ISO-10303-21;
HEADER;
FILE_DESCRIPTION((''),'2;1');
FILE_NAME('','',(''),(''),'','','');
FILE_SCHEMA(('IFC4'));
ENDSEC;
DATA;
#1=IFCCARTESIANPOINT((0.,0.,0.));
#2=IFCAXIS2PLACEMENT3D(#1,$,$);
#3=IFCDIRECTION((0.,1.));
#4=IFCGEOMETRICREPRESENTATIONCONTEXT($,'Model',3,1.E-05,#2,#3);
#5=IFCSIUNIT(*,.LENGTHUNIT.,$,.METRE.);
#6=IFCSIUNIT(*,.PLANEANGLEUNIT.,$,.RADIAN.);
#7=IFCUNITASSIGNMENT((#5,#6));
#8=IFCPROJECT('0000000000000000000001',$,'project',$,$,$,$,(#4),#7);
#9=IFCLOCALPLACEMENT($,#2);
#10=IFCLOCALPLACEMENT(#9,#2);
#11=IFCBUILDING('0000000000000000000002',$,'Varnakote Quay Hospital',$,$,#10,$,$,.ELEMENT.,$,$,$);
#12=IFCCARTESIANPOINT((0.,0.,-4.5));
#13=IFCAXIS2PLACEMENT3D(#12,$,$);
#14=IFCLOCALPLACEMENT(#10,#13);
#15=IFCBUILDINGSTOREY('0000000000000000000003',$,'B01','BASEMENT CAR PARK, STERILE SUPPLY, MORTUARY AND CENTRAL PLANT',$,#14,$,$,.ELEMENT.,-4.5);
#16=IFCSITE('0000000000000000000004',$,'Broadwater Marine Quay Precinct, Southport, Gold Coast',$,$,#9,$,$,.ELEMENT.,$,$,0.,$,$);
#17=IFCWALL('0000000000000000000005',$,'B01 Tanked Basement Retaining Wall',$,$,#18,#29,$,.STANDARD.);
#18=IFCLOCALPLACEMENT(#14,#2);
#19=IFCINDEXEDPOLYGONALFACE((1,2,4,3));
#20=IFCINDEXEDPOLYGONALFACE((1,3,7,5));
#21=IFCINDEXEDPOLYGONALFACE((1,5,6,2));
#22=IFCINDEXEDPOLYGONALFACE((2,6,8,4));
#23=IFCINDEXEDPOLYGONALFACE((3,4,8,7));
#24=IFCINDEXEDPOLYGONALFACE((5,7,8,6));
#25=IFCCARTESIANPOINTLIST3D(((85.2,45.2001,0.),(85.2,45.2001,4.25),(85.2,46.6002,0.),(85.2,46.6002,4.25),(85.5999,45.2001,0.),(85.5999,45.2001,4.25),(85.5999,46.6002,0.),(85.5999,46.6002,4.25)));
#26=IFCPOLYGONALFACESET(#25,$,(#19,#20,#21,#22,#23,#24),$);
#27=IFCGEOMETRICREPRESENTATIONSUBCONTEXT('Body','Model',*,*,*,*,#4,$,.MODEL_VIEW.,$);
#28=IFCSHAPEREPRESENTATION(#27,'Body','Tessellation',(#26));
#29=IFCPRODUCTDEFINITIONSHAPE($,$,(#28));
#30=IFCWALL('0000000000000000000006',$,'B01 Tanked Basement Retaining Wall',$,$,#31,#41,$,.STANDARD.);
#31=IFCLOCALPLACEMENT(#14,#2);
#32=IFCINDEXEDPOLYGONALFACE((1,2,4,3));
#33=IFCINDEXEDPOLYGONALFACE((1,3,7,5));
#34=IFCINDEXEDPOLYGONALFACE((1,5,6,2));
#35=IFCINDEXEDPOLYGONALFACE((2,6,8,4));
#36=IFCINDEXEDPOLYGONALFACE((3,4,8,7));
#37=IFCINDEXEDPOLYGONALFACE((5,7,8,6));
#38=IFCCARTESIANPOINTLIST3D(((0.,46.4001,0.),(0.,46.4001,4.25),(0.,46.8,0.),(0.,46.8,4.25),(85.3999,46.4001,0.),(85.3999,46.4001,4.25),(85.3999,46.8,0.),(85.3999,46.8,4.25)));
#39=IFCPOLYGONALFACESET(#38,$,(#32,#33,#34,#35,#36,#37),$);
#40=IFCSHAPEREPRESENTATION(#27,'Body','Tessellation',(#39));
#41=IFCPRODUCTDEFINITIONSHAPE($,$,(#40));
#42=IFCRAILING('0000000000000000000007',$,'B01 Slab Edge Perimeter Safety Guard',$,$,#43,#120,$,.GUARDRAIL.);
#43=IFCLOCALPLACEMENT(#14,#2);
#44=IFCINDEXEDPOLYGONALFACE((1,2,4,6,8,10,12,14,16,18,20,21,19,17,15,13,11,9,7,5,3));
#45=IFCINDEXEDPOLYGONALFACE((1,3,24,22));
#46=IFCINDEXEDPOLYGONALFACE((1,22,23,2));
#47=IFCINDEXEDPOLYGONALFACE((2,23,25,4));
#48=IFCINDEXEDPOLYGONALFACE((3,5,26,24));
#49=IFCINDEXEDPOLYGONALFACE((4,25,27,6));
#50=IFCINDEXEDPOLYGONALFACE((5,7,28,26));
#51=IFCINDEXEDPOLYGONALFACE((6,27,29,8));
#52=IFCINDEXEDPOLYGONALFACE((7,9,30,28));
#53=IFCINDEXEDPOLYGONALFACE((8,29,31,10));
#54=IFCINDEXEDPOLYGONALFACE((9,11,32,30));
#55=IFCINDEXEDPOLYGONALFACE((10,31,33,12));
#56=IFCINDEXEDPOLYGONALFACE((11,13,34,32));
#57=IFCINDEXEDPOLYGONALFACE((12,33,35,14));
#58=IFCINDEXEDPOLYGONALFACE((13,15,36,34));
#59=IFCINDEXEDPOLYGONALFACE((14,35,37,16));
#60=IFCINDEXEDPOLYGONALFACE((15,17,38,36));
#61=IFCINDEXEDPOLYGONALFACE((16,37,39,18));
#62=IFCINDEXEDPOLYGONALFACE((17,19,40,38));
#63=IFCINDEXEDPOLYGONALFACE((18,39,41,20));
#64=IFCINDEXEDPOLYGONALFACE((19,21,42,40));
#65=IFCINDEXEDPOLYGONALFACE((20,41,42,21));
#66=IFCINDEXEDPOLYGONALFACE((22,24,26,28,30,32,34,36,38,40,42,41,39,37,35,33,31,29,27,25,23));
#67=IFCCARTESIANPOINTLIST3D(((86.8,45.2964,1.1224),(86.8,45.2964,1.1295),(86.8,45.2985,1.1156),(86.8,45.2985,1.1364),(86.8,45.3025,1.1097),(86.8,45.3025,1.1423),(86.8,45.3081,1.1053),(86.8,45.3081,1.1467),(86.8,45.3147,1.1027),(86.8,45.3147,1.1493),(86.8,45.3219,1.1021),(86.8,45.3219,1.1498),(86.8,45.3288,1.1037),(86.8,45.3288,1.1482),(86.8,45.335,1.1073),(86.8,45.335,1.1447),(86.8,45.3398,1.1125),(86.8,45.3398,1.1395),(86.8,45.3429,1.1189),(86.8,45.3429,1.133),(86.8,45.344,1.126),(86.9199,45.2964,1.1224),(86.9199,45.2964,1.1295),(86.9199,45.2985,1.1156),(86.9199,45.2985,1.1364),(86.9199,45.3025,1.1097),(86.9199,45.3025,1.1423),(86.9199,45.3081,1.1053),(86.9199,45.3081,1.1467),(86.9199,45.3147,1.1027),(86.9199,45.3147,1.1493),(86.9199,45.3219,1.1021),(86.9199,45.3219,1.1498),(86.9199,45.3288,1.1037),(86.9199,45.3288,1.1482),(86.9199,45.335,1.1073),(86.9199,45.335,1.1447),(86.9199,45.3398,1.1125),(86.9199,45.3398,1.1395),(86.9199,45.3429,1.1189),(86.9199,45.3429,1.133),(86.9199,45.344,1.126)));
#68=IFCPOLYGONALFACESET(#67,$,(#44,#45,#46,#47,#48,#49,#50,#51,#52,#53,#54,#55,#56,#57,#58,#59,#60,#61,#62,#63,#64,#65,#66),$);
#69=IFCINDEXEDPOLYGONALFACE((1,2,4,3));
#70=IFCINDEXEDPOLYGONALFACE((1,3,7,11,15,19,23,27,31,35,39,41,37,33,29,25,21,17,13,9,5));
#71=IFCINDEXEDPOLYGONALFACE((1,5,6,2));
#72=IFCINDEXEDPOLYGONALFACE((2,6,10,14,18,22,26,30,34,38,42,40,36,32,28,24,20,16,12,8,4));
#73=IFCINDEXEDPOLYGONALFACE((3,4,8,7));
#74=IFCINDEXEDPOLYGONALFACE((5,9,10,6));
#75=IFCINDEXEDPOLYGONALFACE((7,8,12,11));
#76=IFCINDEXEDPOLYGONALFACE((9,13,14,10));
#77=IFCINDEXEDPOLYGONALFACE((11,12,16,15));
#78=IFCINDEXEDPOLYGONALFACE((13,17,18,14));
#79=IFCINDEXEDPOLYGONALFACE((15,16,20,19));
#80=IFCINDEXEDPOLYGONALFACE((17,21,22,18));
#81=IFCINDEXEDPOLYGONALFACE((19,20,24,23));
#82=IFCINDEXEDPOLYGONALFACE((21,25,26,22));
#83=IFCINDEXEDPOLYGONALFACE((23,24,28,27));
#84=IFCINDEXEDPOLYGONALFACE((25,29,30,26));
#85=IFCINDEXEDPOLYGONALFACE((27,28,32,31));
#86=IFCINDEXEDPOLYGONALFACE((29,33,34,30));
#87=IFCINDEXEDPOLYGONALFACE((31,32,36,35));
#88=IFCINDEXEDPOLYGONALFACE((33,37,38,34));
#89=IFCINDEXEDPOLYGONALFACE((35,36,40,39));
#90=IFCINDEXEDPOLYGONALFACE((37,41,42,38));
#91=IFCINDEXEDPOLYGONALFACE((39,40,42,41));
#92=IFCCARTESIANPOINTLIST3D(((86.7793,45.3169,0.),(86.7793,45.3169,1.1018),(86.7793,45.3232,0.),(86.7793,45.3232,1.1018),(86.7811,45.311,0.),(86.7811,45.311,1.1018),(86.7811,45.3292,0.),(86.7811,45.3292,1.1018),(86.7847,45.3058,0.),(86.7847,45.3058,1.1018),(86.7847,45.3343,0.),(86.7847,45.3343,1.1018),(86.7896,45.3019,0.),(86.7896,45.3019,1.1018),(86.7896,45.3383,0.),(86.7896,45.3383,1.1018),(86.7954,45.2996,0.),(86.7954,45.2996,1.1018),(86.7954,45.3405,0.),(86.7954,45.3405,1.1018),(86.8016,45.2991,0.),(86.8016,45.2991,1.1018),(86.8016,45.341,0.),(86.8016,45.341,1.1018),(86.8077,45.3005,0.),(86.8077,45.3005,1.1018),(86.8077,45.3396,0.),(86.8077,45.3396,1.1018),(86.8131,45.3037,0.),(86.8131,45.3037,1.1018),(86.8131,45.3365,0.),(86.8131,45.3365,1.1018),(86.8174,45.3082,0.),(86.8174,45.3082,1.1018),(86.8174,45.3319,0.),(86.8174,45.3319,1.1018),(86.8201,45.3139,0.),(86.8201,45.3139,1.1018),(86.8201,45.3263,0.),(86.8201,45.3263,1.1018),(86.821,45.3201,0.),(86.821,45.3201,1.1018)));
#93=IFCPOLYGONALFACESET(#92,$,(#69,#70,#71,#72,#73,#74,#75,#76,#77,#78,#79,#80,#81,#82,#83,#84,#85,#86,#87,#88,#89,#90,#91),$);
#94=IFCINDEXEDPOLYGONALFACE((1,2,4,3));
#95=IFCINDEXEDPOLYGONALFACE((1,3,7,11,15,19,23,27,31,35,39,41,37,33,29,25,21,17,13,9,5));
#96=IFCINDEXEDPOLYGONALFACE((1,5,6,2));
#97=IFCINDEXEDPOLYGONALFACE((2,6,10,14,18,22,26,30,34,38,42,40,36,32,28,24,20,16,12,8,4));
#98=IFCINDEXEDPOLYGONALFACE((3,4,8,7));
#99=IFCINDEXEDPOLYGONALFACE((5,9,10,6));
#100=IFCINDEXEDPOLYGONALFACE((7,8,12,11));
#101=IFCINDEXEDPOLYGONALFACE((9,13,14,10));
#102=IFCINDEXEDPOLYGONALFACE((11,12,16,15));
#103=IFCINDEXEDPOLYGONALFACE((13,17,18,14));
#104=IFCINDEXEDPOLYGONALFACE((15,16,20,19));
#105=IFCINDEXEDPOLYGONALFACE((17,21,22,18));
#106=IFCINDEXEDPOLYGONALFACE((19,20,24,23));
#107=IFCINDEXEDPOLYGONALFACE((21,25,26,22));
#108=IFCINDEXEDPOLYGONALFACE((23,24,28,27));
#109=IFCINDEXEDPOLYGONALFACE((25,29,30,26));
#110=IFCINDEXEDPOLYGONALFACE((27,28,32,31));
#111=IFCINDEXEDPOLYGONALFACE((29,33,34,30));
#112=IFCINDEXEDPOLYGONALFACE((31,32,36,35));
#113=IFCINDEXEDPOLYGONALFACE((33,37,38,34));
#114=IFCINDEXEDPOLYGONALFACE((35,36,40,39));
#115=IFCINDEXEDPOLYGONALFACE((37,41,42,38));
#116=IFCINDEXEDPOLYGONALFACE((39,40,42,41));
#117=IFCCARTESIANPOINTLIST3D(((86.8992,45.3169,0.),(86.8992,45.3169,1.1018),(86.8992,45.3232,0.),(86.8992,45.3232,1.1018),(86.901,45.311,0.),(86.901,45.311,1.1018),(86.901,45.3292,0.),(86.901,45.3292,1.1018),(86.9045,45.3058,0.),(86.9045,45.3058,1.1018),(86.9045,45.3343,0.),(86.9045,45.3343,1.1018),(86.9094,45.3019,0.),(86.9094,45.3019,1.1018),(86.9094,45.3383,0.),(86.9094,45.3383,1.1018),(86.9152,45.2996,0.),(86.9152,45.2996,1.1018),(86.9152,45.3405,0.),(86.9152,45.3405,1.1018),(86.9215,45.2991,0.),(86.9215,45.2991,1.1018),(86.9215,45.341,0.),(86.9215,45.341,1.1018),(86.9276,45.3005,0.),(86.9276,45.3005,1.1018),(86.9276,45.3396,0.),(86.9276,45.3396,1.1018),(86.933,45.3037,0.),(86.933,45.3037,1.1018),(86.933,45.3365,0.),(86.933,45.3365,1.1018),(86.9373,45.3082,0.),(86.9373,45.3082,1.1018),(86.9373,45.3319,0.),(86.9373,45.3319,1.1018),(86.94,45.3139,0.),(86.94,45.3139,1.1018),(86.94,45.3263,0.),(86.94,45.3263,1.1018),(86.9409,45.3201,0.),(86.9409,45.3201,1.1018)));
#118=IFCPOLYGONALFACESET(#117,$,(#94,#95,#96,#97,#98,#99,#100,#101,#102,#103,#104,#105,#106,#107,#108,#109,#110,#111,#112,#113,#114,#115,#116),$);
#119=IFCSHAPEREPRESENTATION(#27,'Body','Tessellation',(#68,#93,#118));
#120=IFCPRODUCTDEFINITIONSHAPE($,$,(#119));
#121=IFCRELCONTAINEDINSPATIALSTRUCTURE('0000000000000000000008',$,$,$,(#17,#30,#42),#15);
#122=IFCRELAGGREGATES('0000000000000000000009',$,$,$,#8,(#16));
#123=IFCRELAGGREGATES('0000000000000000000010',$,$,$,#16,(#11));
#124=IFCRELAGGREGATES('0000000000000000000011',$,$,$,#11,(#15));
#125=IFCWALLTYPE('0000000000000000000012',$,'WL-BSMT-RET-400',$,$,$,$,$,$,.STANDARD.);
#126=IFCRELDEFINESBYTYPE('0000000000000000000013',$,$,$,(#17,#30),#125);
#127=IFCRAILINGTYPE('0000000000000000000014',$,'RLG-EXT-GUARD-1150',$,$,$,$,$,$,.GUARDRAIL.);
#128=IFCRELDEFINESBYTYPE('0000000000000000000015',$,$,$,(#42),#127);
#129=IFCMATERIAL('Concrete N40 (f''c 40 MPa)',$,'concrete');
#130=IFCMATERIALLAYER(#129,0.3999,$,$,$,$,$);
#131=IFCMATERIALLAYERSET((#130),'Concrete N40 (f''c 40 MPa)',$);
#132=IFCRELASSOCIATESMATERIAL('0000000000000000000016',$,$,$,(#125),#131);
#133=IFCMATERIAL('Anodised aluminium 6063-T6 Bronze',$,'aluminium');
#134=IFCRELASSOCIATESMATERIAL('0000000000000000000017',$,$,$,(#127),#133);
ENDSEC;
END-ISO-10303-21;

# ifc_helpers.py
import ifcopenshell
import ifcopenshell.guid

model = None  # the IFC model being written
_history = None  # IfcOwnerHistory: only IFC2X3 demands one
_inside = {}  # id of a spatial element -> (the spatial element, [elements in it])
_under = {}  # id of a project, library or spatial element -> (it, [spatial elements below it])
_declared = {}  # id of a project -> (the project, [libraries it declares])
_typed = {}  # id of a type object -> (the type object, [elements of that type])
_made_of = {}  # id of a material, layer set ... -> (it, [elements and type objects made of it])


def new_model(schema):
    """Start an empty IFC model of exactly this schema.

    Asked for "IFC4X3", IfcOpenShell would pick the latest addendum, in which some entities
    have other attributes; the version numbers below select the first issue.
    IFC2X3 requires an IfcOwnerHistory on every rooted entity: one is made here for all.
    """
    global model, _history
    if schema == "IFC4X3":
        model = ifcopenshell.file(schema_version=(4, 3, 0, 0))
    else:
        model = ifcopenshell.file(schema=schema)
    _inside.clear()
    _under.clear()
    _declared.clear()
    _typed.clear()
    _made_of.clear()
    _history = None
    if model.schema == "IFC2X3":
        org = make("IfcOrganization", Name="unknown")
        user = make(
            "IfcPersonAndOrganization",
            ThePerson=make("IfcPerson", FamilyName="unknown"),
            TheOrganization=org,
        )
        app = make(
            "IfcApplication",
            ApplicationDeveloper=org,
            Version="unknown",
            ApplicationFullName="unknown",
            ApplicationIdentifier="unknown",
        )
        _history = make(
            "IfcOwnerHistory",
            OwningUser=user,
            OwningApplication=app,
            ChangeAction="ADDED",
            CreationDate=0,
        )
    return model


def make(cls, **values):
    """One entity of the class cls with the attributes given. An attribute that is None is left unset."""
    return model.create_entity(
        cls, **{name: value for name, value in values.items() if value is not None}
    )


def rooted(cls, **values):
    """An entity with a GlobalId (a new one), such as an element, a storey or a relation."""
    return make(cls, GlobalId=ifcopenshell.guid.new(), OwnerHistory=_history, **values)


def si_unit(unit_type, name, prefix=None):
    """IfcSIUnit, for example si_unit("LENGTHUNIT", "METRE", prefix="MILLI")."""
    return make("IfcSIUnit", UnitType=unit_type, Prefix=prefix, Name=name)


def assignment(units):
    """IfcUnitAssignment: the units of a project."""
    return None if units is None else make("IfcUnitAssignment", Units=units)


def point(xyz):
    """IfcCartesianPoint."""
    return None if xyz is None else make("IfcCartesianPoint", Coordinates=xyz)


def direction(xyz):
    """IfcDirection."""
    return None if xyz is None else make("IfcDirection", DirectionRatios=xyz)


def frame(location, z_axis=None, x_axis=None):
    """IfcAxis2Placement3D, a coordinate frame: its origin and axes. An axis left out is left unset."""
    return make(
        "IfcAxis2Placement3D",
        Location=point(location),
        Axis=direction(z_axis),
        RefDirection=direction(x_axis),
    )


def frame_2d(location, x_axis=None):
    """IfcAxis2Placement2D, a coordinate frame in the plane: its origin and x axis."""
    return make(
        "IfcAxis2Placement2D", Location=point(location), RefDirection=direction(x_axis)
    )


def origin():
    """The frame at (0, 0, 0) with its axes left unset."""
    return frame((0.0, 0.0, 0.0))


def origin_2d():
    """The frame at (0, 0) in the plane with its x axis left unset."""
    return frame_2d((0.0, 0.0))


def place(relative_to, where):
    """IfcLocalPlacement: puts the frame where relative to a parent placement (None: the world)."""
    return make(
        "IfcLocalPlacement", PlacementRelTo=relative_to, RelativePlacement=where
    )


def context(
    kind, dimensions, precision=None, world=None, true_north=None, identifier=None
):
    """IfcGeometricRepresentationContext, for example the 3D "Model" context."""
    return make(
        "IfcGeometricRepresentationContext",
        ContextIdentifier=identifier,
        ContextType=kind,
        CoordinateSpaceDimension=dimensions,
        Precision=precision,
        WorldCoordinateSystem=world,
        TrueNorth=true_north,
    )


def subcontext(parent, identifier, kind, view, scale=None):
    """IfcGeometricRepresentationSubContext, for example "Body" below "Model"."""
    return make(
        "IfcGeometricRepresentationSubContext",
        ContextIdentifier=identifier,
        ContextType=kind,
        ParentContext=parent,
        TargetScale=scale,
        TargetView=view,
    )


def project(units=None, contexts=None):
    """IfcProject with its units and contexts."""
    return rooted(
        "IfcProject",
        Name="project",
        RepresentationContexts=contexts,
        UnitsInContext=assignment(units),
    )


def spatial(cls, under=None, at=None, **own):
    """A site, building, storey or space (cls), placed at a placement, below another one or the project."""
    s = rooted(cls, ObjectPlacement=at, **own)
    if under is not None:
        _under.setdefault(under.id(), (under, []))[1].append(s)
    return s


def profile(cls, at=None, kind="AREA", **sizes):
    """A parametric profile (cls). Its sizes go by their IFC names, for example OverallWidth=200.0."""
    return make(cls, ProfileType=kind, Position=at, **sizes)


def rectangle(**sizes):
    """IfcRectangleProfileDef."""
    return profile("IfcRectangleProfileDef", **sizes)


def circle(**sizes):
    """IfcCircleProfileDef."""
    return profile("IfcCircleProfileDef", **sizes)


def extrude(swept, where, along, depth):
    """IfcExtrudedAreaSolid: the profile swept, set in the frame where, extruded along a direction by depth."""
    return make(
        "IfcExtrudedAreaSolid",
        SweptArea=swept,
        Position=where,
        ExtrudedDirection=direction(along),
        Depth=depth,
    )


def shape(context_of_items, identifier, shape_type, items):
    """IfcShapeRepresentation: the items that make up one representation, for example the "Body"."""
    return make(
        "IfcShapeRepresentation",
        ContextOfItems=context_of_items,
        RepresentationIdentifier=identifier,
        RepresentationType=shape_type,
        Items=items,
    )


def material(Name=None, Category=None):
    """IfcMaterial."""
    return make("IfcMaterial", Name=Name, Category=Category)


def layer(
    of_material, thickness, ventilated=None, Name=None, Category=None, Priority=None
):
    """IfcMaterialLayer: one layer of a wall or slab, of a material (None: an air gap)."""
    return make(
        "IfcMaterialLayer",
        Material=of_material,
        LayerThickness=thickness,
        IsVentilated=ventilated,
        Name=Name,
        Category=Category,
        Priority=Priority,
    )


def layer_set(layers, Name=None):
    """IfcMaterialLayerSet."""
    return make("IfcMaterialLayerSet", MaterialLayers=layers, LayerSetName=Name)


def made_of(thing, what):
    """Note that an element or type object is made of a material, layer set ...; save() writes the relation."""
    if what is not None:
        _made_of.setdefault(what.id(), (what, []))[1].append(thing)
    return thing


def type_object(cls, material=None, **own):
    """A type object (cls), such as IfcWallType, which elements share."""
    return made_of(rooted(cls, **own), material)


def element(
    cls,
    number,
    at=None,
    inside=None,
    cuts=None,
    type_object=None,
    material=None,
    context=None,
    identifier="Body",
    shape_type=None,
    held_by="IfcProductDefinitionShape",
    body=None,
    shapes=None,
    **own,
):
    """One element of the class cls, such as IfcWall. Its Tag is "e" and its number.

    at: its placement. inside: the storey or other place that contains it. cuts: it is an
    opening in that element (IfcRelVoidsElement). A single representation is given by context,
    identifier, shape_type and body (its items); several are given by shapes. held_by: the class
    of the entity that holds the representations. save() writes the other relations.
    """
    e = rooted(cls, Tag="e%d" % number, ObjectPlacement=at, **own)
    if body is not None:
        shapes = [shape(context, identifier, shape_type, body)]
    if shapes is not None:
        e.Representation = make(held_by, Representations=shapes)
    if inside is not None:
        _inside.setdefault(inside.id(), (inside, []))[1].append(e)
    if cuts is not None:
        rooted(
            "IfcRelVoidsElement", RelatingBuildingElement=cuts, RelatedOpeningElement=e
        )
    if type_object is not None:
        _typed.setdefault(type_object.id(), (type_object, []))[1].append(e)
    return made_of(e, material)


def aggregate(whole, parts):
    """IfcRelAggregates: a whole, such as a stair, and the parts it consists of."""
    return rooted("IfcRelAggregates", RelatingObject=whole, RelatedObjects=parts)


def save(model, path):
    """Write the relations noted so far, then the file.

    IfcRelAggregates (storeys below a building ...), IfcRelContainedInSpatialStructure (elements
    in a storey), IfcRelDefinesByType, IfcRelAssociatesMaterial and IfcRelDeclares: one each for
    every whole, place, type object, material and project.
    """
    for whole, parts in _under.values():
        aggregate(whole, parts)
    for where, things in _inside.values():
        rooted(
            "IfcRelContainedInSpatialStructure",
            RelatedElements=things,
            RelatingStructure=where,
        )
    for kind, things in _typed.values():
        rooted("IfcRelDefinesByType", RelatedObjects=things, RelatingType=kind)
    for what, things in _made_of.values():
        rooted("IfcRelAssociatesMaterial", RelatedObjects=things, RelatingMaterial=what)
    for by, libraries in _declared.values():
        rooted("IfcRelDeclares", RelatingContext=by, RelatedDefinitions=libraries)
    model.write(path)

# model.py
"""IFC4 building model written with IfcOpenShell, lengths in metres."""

from ifc_helpers import new_model, si_unit, direction, frame, frame_2d, origin, origin_2d, place, context, subcontext, project, spatial, rectangle, circle, extrude, material, layer, layer_set, type_object, element, save


model = new_model("IFC4")

# Units and contexts
model_context = context("Model", 3, precision=1e-05, world=origin(), true_north=direction((0.0, 1.0)))
body_context = subcontext(model_context, "Body", "Model", "MODEL_VIEW")
ifc_project = project(units=[si_unit("LENGTHUNIT", "METRE"), si_unit("PLANEANGLEUNIT", "RADIAN")], contexts=[model_context])

# Site, building, storey
site_placement = place(None, origin())
site = spatial("IfcSite", under=ifc_project, at=site_placement, Name="Broadwater Marine Quay Precinct, Southport, Gold Coast", CompositionType="ELEMENT", RefElevation=0.0)
building_placement = place(site_placement, origin())
building = spatial("IfcBuilding", under=site, at=building_placement, Name="Varnakote Quay Hospital", CompositionType="ELEMENT")
storey_placement = place(building_placement, frame((0.0, 0.0, -4.5)))
storey = spatial("IfcBuildingStorey", under=building, at=storey_placement, Name="B01", Description="BASEMENT CAR PARK, STERILE SUPPLY, MORTUARY AND CENTRAL PLANT", CompositionType="ELEMENT", Elevation=-4.5)

# Walls
ifc_material_1 = material(Name="Concrete N40 (f'c 40 MPa)", Category="concrete")
ifc_layer = layer(ifc_material_1, 0.3999)
ifc_layer_set = layer_set([ifc_layer], Name="Concrete N40 (f'c 40 MPa)")
wall_type = type_object("IfcWallType", Name="WL-BSMT-RET-400", PredefinedType="STANDARD", material=ifc_layer_set)
for number, where, z_axis, x_axis, name in (
    (1, (85.3999, 45.2, 0.0), (0.0, 0.0, 1.0), (0.0, 1.0, 0.0), "B01 Tanked Basement Retaining Wall"),
):
    element("IfcWall", number, at=place(storey_placement, frame(where, z_axis=z_axis, x_axis=x_axis)), inside=storey, type_object=wall_type, Name=name, PredefinedType="STANDARD", context=body_context, shape_type="SweptSolid", body=[
        extrude(rectangle(XDim=1.4001, YDim=0.3999, at=frame_2d((0.7002, 0.0))), origin(), (0.0, 0.0, 1.0), 4.25),
    ])
wall_placement = place(storey_placement, frame((85.3999, 46.6001, 0.0), z_axis=(0.0, 0.0, 1.0), x_axis=(-1.0, 0.0, 0.0)))
element("IfcWall", 2, at=wall_placement, inside=storey, type_object=wall_type, Name="B01 Tanked Basement Retaining Wall", PredefinedType="STANDARD", context=body_context, shape_type="SweptSolid", body=[
    extrude(rectangle(XDim=85.3999, YDim=0.3999, at=frame_2d((42.7, 0.0))), origin(), (0.0, 0.0, 1.0), 4.25),
])

# Railing
ifc_material_2 = material(Name="Anodised aluminium 6063-T6 Bronze", Category="aluminium")
railing_type = type_object("IfcRailingType", Name="RLG-EXT-GUARD-1150", PredefinedType="GUARDRAIL", material=ifc_material_2)
railing_placement = place(storey_placement, frame((86.8, 45.3201, 0.0)))
element("IfcRailing", 3, at=railing_placement, inside=storey, type_object=railing_type, Name="B01 Slab Edge Perimeter Safety Guard", PredefinedType="GUARDRAIL", context=body_context, shape_type="SweptSolid", body=[
    extrude(circle(Radius=0.0239, at=origin_2d()), frame((0.0, 0.0, 1.126), z_axis=(1.0, 0.0, 0.0), x_axis=(0.0, 1.0, 0.0)), (0.0, 0.0, 1.0), 0.1199),
    extrude(circle(Radius=0.021, at=origin_2d()), origin(), (0.0, 0.0, 1.0), 1.1018),
    extrude(circle(Radius=0.021, at=origin_2d()), frame((0.1199, 0.0, 0.0)), (0.0, 0.0, 1.0), 1.1018),
])

save(model, "model.ifc")
